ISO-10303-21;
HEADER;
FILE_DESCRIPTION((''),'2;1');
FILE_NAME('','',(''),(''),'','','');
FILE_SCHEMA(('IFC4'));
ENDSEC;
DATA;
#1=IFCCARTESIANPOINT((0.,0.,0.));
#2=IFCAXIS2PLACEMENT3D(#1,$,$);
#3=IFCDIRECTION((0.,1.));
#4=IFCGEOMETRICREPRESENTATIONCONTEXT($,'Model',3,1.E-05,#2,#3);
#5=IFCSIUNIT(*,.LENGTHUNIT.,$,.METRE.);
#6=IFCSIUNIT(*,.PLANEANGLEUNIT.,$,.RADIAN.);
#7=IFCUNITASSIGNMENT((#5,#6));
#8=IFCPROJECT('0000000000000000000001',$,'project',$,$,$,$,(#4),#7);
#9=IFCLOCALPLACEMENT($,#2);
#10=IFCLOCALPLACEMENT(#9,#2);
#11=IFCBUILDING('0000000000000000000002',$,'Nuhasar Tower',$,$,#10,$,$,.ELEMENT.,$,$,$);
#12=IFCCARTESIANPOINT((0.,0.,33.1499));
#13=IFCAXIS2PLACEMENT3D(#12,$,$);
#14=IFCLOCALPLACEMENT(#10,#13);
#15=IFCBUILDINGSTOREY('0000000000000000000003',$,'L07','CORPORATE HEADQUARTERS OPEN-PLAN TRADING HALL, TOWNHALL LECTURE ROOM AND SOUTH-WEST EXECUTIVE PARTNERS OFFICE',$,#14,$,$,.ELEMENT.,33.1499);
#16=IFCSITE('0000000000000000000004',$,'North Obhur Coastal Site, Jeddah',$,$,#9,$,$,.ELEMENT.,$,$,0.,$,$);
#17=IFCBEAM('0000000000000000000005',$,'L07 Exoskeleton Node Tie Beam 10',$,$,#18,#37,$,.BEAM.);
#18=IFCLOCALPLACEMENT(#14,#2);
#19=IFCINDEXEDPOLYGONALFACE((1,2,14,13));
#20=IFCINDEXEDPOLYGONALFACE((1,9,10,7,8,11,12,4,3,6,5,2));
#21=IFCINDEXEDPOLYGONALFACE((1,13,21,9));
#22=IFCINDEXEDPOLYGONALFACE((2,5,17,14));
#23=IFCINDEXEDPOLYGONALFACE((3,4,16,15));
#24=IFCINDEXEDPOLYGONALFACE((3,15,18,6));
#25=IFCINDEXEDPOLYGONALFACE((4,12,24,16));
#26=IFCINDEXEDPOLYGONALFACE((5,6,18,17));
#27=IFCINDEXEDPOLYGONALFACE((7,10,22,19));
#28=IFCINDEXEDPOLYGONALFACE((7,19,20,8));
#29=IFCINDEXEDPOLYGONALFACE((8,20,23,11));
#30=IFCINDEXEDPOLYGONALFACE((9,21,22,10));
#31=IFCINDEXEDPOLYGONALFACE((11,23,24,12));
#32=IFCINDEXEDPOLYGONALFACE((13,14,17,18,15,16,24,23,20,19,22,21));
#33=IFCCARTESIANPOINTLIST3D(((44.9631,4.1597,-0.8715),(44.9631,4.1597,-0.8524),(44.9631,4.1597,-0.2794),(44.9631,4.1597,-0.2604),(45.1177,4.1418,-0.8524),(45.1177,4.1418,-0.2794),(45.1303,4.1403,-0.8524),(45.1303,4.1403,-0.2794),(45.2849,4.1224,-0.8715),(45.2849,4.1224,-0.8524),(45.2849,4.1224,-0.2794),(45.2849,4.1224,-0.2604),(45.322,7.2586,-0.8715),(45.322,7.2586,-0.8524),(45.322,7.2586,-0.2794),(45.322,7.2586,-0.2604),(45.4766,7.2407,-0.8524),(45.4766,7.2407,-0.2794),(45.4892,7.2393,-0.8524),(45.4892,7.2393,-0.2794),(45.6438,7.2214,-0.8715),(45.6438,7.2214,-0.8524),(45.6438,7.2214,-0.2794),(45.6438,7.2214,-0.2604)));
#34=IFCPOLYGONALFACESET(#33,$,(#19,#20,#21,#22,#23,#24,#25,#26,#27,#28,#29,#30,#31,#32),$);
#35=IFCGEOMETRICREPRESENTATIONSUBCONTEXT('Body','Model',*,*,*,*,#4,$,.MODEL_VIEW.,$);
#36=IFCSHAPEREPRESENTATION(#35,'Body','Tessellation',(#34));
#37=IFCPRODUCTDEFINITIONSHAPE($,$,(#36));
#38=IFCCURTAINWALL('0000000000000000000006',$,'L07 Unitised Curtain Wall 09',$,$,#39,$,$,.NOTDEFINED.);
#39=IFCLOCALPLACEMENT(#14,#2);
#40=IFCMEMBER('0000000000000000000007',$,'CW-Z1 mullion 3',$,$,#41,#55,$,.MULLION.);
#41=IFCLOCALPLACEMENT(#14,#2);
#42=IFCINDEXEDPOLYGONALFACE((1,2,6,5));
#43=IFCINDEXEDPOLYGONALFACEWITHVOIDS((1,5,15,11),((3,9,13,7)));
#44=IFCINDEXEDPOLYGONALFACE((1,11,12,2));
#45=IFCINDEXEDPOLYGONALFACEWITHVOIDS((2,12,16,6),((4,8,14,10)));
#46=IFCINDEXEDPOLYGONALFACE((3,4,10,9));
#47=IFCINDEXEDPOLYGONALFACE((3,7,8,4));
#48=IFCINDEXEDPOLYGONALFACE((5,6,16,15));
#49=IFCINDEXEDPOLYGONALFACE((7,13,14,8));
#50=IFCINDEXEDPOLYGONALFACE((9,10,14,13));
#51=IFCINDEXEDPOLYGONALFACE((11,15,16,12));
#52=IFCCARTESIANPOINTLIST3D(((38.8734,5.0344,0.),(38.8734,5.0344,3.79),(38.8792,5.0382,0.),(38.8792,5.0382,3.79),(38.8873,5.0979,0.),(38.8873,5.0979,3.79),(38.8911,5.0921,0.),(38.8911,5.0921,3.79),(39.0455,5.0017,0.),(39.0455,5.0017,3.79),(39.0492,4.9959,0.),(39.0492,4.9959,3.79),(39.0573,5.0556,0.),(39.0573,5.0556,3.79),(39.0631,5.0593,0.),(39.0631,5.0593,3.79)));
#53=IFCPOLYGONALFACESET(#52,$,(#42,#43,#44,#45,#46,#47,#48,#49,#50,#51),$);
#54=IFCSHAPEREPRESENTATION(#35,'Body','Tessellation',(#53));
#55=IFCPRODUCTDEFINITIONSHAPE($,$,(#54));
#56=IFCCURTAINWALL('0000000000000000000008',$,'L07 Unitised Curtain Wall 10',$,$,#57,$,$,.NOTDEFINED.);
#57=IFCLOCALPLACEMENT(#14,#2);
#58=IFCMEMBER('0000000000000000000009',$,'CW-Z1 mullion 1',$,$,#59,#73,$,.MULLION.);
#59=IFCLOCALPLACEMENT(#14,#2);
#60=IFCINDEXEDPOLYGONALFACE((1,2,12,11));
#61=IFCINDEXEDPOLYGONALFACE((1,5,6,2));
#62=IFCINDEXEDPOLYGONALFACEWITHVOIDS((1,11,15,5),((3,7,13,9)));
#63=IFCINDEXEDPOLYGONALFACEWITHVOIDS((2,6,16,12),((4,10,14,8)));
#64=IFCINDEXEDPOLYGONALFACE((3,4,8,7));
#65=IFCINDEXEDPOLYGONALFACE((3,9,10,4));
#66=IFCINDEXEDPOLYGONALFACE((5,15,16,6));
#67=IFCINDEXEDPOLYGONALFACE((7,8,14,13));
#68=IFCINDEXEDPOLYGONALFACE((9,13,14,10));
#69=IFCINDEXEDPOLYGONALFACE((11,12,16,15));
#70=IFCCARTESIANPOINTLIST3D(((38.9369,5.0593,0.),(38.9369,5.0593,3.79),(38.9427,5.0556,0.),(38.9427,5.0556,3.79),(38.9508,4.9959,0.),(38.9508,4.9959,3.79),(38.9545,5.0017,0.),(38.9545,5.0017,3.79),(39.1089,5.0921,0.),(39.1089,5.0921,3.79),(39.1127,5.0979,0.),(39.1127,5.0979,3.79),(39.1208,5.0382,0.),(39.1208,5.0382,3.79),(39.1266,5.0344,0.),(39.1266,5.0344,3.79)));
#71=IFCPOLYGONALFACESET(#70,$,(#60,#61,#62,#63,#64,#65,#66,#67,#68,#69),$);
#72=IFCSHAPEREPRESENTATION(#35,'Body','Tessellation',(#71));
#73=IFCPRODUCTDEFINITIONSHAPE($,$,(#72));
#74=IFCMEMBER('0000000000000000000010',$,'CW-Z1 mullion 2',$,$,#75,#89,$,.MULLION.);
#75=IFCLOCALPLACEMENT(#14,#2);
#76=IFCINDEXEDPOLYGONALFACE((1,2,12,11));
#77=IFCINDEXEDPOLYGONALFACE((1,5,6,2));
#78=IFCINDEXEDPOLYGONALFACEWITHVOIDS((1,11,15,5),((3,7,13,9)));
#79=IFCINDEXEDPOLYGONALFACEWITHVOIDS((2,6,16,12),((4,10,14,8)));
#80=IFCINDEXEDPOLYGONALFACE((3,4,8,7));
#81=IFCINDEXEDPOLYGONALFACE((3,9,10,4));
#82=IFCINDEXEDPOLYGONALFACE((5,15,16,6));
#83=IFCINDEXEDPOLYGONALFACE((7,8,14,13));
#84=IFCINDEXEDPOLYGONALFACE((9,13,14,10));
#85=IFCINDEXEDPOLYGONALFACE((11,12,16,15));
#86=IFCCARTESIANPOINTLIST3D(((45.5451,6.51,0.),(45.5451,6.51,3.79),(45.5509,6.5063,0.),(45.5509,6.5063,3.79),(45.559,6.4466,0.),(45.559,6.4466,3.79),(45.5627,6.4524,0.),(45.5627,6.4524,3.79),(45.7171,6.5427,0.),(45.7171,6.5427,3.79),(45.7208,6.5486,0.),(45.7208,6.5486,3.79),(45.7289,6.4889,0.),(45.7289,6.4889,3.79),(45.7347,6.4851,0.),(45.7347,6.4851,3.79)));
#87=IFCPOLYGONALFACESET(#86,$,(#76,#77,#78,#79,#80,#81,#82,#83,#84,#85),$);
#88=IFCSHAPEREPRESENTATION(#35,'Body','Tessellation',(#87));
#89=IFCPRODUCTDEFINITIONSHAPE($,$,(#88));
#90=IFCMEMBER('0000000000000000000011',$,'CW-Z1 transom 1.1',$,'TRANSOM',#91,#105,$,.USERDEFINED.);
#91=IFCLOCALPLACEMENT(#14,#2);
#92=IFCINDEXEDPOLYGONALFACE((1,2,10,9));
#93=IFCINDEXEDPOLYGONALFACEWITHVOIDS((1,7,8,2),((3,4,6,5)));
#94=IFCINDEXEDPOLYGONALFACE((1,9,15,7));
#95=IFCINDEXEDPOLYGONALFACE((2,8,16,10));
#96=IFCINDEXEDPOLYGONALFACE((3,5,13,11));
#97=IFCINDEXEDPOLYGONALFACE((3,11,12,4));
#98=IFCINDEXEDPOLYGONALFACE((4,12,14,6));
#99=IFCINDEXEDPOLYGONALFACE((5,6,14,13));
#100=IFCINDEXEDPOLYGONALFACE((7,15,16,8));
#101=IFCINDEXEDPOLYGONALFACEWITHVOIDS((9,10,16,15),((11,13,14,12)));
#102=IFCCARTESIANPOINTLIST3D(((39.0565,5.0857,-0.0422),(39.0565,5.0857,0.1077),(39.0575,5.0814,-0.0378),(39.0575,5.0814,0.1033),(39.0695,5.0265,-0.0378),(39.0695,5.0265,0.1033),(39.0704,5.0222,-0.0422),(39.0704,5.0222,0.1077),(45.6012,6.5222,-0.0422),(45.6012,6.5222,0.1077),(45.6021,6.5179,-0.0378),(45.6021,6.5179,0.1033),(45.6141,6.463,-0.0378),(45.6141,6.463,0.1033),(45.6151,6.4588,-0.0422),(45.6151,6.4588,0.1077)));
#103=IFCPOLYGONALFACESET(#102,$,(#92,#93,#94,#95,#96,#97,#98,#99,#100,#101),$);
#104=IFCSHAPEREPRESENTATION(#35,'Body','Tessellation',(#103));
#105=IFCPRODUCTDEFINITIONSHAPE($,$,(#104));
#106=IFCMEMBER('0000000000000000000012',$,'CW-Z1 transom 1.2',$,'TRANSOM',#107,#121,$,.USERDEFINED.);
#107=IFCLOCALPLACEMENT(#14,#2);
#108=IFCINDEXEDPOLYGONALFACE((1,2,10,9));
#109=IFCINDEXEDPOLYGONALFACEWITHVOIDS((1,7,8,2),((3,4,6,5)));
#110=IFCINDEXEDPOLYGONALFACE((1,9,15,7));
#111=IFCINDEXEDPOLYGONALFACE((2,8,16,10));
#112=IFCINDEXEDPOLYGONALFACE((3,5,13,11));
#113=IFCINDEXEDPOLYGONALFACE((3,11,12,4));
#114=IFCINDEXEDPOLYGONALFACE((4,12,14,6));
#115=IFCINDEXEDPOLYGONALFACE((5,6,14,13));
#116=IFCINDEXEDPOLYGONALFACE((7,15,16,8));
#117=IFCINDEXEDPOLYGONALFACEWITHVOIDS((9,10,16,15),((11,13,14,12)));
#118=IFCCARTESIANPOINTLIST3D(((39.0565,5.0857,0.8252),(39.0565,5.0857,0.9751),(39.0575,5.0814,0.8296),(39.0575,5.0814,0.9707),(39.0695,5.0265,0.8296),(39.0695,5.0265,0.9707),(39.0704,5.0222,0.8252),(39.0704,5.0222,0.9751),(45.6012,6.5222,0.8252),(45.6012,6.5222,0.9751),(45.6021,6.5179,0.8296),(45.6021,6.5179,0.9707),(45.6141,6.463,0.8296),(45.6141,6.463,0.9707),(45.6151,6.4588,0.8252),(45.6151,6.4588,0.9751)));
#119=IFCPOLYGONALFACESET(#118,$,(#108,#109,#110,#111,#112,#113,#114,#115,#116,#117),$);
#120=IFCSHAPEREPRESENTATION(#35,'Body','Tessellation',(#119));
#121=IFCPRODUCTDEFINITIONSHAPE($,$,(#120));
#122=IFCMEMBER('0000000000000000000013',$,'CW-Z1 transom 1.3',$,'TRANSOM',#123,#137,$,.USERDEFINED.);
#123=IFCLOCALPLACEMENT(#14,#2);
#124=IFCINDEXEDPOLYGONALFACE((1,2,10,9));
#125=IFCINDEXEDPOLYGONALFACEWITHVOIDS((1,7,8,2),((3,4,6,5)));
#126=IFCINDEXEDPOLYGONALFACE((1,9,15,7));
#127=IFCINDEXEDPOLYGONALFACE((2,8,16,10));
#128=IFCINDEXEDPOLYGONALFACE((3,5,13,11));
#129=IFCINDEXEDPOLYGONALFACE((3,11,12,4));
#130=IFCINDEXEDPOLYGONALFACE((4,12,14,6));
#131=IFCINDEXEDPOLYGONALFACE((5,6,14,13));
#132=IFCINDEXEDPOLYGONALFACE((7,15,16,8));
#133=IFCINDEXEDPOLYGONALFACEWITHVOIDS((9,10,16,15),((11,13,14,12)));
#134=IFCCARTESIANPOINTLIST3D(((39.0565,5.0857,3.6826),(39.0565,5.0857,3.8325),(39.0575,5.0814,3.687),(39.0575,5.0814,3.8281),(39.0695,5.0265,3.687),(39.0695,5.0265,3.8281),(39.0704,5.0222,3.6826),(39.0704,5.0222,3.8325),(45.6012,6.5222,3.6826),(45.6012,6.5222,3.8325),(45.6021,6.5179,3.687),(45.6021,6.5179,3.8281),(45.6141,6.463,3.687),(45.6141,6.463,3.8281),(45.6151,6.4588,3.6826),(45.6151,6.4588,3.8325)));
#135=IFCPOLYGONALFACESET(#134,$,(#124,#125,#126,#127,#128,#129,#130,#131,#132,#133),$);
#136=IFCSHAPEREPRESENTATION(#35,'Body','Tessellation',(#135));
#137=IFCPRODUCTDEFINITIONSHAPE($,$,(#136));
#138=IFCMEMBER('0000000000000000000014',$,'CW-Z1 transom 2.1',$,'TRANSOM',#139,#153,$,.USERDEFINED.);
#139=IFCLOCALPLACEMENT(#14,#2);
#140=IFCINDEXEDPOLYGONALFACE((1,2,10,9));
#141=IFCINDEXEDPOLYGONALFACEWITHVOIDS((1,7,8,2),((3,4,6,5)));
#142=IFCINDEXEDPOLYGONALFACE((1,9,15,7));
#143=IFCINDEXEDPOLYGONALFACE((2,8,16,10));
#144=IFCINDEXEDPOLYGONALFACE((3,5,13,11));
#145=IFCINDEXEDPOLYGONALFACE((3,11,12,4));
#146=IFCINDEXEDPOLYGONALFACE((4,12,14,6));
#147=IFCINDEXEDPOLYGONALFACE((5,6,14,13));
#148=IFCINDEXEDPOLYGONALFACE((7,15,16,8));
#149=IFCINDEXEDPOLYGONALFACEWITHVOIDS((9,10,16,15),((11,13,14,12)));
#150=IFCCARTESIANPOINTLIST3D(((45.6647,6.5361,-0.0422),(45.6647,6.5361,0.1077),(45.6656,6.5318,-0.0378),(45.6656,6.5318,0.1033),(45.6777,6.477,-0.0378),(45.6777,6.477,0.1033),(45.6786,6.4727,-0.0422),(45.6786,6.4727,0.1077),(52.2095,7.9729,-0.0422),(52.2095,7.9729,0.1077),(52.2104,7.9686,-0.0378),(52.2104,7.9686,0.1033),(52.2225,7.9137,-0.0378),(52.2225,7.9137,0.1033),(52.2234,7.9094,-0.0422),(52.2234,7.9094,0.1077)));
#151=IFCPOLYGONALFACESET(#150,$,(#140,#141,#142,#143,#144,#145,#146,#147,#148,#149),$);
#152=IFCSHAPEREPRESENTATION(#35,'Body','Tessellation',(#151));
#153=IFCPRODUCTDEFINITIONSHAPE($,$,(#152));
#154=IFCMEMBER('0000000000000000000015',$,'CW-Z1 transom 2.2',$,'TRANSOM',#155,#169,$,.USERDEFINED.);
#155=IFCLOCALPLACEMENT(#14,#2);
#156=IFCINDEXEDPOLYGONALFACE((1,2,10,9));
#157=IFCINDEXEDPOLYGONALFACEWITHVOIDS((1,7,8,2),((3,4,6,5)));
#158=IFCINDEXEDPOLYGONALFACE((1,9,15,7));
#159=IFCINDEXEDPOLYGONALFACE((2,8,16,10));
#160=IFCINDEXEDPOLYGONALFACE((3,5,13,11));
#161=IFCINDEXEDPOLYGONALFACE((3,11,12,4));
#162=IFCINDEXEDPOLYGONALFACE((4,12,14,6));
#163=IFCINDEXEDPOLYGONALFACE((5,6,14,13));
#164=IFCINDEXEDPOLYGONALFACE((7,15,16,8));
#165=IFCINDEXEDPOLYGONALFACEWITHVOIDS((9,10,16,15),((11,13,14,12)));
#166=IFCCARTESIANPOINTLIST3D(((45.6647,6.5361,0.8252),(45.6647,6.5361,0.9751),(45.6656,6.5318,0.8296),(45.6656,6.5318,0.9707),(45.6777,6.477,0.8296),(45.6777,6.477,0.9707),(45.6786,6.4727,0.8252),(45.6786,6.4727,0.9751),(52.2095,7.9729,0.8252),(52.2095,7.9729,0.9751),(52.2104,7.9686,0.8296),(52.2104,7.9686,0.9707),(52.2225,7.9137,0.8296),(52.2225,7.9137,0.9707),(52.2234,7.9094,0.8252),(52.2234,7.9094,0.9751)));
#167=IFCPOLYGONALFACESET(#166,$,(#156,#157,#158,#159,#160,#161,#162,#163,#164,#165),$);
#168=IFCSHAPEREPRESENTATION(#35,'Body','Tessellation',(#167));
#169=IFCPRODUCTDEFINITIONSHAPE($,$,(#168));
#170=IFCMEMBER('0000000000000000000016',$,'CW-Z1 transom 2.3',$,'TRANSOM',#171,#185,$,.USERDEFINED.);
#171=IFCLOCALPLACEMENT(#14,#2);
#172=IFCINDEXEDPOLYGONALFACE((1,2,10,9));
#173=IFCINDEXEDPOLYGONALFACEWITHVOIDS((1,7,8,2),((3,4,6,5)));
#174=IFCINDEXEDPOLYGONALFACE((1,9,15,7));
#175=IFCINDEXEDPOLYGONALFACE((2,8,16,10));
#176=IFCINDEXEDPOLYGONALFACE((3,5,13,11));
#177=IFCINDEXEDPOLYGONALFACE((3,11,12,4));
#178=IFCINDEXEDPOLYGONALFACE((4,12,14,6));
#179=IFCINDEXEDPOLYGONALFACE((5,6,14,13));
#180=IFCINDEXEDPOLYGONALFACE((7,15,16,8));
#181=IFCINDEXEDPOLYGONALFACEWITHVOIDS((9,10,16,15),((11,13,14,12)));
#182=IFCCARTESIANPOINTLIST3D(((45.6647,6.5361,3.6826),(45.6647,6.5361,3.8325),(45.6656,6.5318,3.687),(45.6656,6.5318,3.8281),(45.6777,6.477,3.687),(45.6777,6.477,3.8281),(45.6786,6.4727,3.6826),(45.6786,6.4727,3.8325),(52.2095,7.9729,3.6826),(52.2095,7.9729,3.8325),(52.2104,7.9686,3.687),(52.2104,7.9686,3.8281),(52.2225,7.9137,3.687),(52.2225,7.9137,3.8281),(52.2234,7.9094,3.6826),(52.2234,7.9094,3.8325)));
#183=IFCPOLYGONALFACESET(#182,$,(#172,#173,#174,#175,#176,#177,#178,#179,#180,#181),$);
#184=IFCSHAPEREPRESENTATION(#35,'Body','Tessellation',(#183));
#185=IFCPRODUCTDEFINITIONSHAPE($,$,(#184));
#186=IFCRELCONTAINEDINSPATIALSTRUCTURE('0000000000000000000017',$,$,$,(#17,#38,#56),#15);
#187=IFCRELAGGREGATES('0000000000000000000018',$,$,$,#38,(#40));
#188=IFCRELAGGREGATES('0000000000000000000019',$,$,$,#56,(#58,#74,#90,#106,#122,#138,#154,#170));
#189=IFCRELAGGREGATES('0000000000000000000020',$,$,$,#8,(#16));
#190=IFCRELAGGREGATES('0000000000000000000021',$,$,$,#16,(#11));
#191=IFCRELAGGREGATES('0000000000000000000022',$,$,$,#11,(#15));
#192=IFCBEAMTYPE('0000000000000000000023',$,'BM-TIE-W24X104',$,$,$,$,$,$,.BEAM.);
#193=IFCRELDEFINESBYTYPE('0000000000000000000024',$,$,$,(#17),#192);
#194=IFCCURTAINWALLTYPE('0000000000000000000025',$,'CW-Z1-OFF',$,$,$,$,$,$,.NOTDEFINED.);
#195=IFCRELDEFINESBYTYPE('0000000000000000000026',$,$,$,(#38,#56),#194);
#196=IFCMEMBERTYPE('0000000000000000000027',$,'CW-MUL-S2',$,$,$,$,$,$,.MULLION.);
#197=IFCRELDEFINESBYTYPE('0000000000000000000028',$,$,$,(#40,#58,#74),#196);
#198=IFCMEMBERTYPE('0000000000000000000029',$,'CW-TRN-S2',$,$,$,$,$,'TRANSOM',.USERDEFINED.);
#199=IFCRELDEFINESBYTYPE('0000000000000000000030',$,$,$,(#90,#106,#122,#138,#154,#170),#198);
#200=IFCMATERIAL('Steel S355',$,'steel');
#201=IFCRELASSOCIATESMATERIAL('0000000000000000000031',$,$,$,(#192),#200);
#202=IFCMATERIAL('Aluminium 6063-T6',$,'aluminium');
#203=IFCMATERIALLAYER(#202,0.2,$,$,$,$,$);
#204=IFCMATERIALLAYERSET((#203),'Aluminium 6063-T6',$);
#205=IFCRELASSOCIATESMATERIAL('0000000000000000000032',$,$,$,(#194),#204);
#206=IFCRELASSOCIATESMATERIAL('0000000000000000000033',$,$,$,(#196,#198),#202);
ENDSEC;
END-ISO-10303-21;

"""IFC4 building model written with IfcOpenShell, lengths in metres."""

from ifc_helpers import new_model, si_unit, direction, frame, origin, origin_2d, place, context, subcontext, project, spatial, hollow_rectangle, i_section, extrude, material, layer, layer_set, material_profile, profile_set, type_object, element, aggregate, save


model = new_model("IFC4")

# Units and contexts
model_context = context("Model", 3, precision=1e-05, world=origin(), true_north=direction((0.0, 1.0)))
body_context = subcontext(model_context, "Body", "Model", "MODEL_VIEW")
ifc_project = project(units=[si_unit("LENGTHUNIT", "METRE"), si_unit("PLANEANGLEUNIT", "RADIAN")], contexts=[model_context])

# Site, building, storey
site_placement = place(None, origin())
site = spatial("IfcSite", under=ifc_project, at=site_placement, Name="North Obhur Coastal Site, Jeddah", CompositionType="ELEMENT", RefElevation=0.0)
building_placement = place(site_placement, origin())
building = spatial("IfcBuilding", under=site, at=building_placement, Name="Nuhasar Tower", CompositionType="ELEMENT")
storey_placement = place(building_placement, frame((0.0, 0.0, 33.1499)))
storey = spatial("IfcBuildingStorey", under=building, at=storey_placement, Name="L07", Description="CORPORATE HEADQUARTERS OPEN-PLAN TRADING HALL, TOWNHALL LECTURE ROOM AND SOUTH-WEST EXECUTIVE PARTNERS OFFICE", CompositionType="ELEMENT", Elevation=33.1499)

# Beam
ifc_material_1 = material(Name="Steel S355", Category="steel")
ifc_material_profile_1 = material_profile(ifc_material_1, i_section(OverallWidth=0.324, OverallDepth=0.6111, WebThickness=0.0127, FlangeThickness=0.019, at=origin_2d()), Name="W24X104")
ifc_profile_set_1 = profile_set([ifc_material_profile_1], Name="Steel S355")
beam_type_1 = type_object("IfcBeamType", Name="BM-TIE-W24X104", PredefinedType="BEAM", material=ifc_profile_set_1)
beam_1_placement = place(storey_placement, frame((45.4829, 7.24, -0.5659), z_axis=(-0.115043, -0.993361, 0.0), x_axis=(0.993361, -0.115043, 0.0)))
element("IfcBeam", 1, at=beam_1_placement, inside=storey, type_object=beam_type_1, Name="L07 Exoskeleton Node Tie Beam 10", PredefinedType="BEAM", context=body_context, shape_type="SweptSolid", body=[
    extrude(i_section(OverallWidth=0.324, OverallDepth=0.6111, WebThickness=0.0127, FlangeThickness=0.019, at=origin_2d()), origin(), (0.0, 0.0, 1.0), 3.1196),
])

# Curtain wall, member
ifc_material_2 = material(Name="Aluminium 6063-T6", Category="aluminium")
ifc_layer_1 = layer(ifc_material_2, 0.2)
ifc_layer_set_1 = layer_set([ifc_layer_1], Name="Aluminium 6063-T6")
curtain_wall_type = type_object("IfcCurtainWallType", Name="CW-Z1-OFF", PredefinedType="NOTDEFINED", material=ifc_layer_set_1)
curtain_wall_1_placement = place(storey_placement, origin())
curtain_wall_1 = element("IfcCurtainWall", 2, at=curtain_wall_1_placement, inside=storey, type_object=curtain_wall_type, Name="L07 Unitised Curtain Wall 09", PredefinedType="NOTDEFINED")
ifc_material_profile_2 = material_profile(ifc_material_2, hollow_rectangle(XDim=0.0649, YDim=0.1799, WallThickness=0.0049, at=origin_2d()), Name="CWM-2")
ifc_profile_set_2 = profile_set([ifc_material_profile_2], Name="Aluminium 6063-T6")
member_type_1 = type_object("IfcMemberType", Name="CW-MUL-S2", PredefinedType="MULLION", material=ifc_profile_set_2)
member_1_placement = place(storey_placement, frame((38.9683, 5.0469, 0.0), z_axis=(0.0, 0.0, 1.0), x_axis=(0.214399, 0.976746, 0.0)))
member_1 = element("IfcMember", 3, at=member_1_placement, type_object=member_type_1, Name="CW-Z1 mullion 3", PredefinedType="MULLION", context=body_context, shape_type="SweptSolid", body=[
    extrude(hollow_rectangle(XDim=0.0649, YDim=0.1799, WallThickness=0.0049, at=origin_2d()), origin(), (0.0, 0.0, 1.0), 3.79),
])
aggregate(curtain_wall_1, [member_1])

# Curtain wall, members
curtain_wall_2_placement = place(storey_placement, origin())
curtain_wall_2 = element("IfcCurtainWall", 4, at=curtain_wall_2_placement, inside=storey, type_object=curtain_wall_type, Name="L07 Unitised Curtain Wall 10", PredefinedType="NOTDEFINED")
member_2_placement = place(storey_placement, frame((39.0317, 5.0469, 0.0), z_axis=(0.0, 0.0, 1.0), x_axis=(-0.214399, 0.976746, 0.0)))
member_2 = element("IfcMember", 5, at=member_2_placement, type_object=member_type_1, Name="CW-Z1 mullion 1", PredefinedType="MULLION", context=body_context, shape_type="SweptSolid", body=[
    extrude(hollow_rectangle(XDim=0.0649, YDim=0.1799, WallThickness=0.0049, at=origin_2d()), origin(), (0.0, 0.0, 1.0), 3.79),
])
member_3_placement = place(storey_placement, frame((45.6399, 6.4976, 0.0), z_axis=(0.0, 0.0, 1.0), x_axis=(-0.214399, 0.976746, 0.0)))
member_3 = element("IfcMember", 6, at=member_3_placement, type_object=member_type_1, Name="CW-Z1 mullion 2", PredefinedType="MULLION", context=body_context, shape_type="SweptSolid", body=[
    extrude(hollow_rectangle(XDim=0.0649, YDim=0.1799, WallThickness=0.0049, at=origin_2d()), origin(), (0.0, 0.0, 1.0), 3.79),
])
ifc_material_profile_3 = material_profile(ifc_material_2, hollow_rectangle(XDim=0.0649, YDim=0.1499, WallThickness=0.0044, at=origin_2d()), Name="CWT-2")
ifc_profile_set_3 = profile_set([ifc_material_profile_3], Name="Aluminium 6063-T6")
member_type_2 = type_object("IfcMemberType", Name="CW-TRN-S2", ElementType="TRANSOM", PredefinedType="USERDEFINED", material=ifc_profile_set_3)
member_4_placement = place(storey_placement, frame((39.0635, 5.054, 0.0327), z_axis=(0.976748, 0.214391, 0.0), x_axis=(-0.214391, 0.976748, 0.0)))
member_4 = element("IfcMember", 7, at=member_4_placement, type_object=member_type_2, Name="CW-Z1 transom 1.1", ObjectType="TRANSOM", PredefinedType="USERDEFINED", context=body_context, shape_type="SweptSolid", body=[
    extrude(hollow_rectangle(XDim=0.0649, YDim=0.1499, WallThickness=0.0044, at=origin_2d()), origin(), (0.0, 0.0, 1.0), 6.7004),
])
member_5_placement = place(storey_placement, frame((39.0635, 5.054, 0.9001), z_axis=(0.976748, 0.214391, 0.0), x_axis=(-0.214391, 0.976748, 0.0)))
member_5 = element("IfcMember", 8, at=member_5_placement, type_object=member_type_2, Name="CW-Z1 transom 1.2", ObjectType="TRANSOM", PredefinedType="USERDEFINED", context=body_context, shape_type="SweptSolid", body=[
    extrude(hollow_rectangle(XDim=0.0649, YDim=0.1499, WallThickness=0.0044, at=origin_2d()), origin(), (0.0, 0.0, 1.0), 6.7004),
])
member_6_placement = place(storey_placement, frame((39.0635, 5.054, 3.7576), z_axis=(0.976748, 0.214391, 0.0), x_axis=(-0.214391, 0.976748, 0.0)))
member_6 = element("IfcMember", 9, at=member_6_placement, type_object=member_type_2, Name="CW-Z1 transom 1.3", ObjectType="TRANSOM", PredefinedType="USERDEFINED", context=body_context, shape_type="SweptSolid", body=[
    extrude(hollow_rectangle(XDim=0.0649, YDim=0.1499, WallThickness=0.0044, at=origin_2d()), origin(), (0.0, 0.0, 1.0), 6.7004),
])
member_7_placement = place(storey_placement, frame((45.6716, 6.5044, 0.0327), z_axis=(0.976742, 0.214418, 0.0), x_axis=(-0.214418, 0.976742, 0.0)))
member_7 = element("IfcMember", 10, at=member_7_placement, type_object=member_type_2, Name="CW-Z1 transom 2.1", ObjectType="TRANSOM", PredefinedType="USERDEFINED", context=body_context, shape_type="SweptSolid", body=[
    extrude(hollow_rectangle(XDim=0.0649, YDim=0.1499, WallThickness=0.0044, at=origin_2d()), origin(), (0.0, 0.0, 1.0), 6.7007),
])
member_8_placement = place(storey_placement, frame((45.6716, 6.5044, 0.9001), z_axis=(0.976742, 0.214418, 0.0), x_axis=(-0.214418, 0.976742, 0.0)))
member_8 = element("IfcMember", 11, at=member_8_placement, type_object=member_type_2, Name="CW-Z1 transom 2.2", ObjectType="TRANSOM", PredefinedType="USERDEFINED", context=body_context, shape_type="SweptSolid", body=[
    extrude(hollow_rectangle(XDim=0.0649, YDim=0.1499, WallThickness=0.0044, at=origin_2d()), origin(), (0.0, 0.0, 1.0), 6.7007),
])
member_9_placement = place(storey_placement, frame((45.6716, 6.5044, 3.7576), z_axis=(0.976742, 0.214418, 0.0), x_axis=(-0.214418, 0.976742, 0.0)))
member_9 = element("IfcMember", 12, at=member_9_placement, type_object=member_type_2, Name="CW-Z1 transom 2.3", ObjectType="TRANSOM", PredefinedType="USERDEFINED", context=body_context, shape_type="SweptSolid", body=[
    extrude(hollow_rectangle(XDim=0.0649, YDim=0.1499, WallThickness=0.0044, at=origin_2d()), origin(), (0.0, 0.0, 1.0), 6.7007),
])

aggregate(curtain_wall_2, [member_2, member_3, member_4, member_5, member_6, member_7, member_8, member_9])

save(model, "model.ifc")
